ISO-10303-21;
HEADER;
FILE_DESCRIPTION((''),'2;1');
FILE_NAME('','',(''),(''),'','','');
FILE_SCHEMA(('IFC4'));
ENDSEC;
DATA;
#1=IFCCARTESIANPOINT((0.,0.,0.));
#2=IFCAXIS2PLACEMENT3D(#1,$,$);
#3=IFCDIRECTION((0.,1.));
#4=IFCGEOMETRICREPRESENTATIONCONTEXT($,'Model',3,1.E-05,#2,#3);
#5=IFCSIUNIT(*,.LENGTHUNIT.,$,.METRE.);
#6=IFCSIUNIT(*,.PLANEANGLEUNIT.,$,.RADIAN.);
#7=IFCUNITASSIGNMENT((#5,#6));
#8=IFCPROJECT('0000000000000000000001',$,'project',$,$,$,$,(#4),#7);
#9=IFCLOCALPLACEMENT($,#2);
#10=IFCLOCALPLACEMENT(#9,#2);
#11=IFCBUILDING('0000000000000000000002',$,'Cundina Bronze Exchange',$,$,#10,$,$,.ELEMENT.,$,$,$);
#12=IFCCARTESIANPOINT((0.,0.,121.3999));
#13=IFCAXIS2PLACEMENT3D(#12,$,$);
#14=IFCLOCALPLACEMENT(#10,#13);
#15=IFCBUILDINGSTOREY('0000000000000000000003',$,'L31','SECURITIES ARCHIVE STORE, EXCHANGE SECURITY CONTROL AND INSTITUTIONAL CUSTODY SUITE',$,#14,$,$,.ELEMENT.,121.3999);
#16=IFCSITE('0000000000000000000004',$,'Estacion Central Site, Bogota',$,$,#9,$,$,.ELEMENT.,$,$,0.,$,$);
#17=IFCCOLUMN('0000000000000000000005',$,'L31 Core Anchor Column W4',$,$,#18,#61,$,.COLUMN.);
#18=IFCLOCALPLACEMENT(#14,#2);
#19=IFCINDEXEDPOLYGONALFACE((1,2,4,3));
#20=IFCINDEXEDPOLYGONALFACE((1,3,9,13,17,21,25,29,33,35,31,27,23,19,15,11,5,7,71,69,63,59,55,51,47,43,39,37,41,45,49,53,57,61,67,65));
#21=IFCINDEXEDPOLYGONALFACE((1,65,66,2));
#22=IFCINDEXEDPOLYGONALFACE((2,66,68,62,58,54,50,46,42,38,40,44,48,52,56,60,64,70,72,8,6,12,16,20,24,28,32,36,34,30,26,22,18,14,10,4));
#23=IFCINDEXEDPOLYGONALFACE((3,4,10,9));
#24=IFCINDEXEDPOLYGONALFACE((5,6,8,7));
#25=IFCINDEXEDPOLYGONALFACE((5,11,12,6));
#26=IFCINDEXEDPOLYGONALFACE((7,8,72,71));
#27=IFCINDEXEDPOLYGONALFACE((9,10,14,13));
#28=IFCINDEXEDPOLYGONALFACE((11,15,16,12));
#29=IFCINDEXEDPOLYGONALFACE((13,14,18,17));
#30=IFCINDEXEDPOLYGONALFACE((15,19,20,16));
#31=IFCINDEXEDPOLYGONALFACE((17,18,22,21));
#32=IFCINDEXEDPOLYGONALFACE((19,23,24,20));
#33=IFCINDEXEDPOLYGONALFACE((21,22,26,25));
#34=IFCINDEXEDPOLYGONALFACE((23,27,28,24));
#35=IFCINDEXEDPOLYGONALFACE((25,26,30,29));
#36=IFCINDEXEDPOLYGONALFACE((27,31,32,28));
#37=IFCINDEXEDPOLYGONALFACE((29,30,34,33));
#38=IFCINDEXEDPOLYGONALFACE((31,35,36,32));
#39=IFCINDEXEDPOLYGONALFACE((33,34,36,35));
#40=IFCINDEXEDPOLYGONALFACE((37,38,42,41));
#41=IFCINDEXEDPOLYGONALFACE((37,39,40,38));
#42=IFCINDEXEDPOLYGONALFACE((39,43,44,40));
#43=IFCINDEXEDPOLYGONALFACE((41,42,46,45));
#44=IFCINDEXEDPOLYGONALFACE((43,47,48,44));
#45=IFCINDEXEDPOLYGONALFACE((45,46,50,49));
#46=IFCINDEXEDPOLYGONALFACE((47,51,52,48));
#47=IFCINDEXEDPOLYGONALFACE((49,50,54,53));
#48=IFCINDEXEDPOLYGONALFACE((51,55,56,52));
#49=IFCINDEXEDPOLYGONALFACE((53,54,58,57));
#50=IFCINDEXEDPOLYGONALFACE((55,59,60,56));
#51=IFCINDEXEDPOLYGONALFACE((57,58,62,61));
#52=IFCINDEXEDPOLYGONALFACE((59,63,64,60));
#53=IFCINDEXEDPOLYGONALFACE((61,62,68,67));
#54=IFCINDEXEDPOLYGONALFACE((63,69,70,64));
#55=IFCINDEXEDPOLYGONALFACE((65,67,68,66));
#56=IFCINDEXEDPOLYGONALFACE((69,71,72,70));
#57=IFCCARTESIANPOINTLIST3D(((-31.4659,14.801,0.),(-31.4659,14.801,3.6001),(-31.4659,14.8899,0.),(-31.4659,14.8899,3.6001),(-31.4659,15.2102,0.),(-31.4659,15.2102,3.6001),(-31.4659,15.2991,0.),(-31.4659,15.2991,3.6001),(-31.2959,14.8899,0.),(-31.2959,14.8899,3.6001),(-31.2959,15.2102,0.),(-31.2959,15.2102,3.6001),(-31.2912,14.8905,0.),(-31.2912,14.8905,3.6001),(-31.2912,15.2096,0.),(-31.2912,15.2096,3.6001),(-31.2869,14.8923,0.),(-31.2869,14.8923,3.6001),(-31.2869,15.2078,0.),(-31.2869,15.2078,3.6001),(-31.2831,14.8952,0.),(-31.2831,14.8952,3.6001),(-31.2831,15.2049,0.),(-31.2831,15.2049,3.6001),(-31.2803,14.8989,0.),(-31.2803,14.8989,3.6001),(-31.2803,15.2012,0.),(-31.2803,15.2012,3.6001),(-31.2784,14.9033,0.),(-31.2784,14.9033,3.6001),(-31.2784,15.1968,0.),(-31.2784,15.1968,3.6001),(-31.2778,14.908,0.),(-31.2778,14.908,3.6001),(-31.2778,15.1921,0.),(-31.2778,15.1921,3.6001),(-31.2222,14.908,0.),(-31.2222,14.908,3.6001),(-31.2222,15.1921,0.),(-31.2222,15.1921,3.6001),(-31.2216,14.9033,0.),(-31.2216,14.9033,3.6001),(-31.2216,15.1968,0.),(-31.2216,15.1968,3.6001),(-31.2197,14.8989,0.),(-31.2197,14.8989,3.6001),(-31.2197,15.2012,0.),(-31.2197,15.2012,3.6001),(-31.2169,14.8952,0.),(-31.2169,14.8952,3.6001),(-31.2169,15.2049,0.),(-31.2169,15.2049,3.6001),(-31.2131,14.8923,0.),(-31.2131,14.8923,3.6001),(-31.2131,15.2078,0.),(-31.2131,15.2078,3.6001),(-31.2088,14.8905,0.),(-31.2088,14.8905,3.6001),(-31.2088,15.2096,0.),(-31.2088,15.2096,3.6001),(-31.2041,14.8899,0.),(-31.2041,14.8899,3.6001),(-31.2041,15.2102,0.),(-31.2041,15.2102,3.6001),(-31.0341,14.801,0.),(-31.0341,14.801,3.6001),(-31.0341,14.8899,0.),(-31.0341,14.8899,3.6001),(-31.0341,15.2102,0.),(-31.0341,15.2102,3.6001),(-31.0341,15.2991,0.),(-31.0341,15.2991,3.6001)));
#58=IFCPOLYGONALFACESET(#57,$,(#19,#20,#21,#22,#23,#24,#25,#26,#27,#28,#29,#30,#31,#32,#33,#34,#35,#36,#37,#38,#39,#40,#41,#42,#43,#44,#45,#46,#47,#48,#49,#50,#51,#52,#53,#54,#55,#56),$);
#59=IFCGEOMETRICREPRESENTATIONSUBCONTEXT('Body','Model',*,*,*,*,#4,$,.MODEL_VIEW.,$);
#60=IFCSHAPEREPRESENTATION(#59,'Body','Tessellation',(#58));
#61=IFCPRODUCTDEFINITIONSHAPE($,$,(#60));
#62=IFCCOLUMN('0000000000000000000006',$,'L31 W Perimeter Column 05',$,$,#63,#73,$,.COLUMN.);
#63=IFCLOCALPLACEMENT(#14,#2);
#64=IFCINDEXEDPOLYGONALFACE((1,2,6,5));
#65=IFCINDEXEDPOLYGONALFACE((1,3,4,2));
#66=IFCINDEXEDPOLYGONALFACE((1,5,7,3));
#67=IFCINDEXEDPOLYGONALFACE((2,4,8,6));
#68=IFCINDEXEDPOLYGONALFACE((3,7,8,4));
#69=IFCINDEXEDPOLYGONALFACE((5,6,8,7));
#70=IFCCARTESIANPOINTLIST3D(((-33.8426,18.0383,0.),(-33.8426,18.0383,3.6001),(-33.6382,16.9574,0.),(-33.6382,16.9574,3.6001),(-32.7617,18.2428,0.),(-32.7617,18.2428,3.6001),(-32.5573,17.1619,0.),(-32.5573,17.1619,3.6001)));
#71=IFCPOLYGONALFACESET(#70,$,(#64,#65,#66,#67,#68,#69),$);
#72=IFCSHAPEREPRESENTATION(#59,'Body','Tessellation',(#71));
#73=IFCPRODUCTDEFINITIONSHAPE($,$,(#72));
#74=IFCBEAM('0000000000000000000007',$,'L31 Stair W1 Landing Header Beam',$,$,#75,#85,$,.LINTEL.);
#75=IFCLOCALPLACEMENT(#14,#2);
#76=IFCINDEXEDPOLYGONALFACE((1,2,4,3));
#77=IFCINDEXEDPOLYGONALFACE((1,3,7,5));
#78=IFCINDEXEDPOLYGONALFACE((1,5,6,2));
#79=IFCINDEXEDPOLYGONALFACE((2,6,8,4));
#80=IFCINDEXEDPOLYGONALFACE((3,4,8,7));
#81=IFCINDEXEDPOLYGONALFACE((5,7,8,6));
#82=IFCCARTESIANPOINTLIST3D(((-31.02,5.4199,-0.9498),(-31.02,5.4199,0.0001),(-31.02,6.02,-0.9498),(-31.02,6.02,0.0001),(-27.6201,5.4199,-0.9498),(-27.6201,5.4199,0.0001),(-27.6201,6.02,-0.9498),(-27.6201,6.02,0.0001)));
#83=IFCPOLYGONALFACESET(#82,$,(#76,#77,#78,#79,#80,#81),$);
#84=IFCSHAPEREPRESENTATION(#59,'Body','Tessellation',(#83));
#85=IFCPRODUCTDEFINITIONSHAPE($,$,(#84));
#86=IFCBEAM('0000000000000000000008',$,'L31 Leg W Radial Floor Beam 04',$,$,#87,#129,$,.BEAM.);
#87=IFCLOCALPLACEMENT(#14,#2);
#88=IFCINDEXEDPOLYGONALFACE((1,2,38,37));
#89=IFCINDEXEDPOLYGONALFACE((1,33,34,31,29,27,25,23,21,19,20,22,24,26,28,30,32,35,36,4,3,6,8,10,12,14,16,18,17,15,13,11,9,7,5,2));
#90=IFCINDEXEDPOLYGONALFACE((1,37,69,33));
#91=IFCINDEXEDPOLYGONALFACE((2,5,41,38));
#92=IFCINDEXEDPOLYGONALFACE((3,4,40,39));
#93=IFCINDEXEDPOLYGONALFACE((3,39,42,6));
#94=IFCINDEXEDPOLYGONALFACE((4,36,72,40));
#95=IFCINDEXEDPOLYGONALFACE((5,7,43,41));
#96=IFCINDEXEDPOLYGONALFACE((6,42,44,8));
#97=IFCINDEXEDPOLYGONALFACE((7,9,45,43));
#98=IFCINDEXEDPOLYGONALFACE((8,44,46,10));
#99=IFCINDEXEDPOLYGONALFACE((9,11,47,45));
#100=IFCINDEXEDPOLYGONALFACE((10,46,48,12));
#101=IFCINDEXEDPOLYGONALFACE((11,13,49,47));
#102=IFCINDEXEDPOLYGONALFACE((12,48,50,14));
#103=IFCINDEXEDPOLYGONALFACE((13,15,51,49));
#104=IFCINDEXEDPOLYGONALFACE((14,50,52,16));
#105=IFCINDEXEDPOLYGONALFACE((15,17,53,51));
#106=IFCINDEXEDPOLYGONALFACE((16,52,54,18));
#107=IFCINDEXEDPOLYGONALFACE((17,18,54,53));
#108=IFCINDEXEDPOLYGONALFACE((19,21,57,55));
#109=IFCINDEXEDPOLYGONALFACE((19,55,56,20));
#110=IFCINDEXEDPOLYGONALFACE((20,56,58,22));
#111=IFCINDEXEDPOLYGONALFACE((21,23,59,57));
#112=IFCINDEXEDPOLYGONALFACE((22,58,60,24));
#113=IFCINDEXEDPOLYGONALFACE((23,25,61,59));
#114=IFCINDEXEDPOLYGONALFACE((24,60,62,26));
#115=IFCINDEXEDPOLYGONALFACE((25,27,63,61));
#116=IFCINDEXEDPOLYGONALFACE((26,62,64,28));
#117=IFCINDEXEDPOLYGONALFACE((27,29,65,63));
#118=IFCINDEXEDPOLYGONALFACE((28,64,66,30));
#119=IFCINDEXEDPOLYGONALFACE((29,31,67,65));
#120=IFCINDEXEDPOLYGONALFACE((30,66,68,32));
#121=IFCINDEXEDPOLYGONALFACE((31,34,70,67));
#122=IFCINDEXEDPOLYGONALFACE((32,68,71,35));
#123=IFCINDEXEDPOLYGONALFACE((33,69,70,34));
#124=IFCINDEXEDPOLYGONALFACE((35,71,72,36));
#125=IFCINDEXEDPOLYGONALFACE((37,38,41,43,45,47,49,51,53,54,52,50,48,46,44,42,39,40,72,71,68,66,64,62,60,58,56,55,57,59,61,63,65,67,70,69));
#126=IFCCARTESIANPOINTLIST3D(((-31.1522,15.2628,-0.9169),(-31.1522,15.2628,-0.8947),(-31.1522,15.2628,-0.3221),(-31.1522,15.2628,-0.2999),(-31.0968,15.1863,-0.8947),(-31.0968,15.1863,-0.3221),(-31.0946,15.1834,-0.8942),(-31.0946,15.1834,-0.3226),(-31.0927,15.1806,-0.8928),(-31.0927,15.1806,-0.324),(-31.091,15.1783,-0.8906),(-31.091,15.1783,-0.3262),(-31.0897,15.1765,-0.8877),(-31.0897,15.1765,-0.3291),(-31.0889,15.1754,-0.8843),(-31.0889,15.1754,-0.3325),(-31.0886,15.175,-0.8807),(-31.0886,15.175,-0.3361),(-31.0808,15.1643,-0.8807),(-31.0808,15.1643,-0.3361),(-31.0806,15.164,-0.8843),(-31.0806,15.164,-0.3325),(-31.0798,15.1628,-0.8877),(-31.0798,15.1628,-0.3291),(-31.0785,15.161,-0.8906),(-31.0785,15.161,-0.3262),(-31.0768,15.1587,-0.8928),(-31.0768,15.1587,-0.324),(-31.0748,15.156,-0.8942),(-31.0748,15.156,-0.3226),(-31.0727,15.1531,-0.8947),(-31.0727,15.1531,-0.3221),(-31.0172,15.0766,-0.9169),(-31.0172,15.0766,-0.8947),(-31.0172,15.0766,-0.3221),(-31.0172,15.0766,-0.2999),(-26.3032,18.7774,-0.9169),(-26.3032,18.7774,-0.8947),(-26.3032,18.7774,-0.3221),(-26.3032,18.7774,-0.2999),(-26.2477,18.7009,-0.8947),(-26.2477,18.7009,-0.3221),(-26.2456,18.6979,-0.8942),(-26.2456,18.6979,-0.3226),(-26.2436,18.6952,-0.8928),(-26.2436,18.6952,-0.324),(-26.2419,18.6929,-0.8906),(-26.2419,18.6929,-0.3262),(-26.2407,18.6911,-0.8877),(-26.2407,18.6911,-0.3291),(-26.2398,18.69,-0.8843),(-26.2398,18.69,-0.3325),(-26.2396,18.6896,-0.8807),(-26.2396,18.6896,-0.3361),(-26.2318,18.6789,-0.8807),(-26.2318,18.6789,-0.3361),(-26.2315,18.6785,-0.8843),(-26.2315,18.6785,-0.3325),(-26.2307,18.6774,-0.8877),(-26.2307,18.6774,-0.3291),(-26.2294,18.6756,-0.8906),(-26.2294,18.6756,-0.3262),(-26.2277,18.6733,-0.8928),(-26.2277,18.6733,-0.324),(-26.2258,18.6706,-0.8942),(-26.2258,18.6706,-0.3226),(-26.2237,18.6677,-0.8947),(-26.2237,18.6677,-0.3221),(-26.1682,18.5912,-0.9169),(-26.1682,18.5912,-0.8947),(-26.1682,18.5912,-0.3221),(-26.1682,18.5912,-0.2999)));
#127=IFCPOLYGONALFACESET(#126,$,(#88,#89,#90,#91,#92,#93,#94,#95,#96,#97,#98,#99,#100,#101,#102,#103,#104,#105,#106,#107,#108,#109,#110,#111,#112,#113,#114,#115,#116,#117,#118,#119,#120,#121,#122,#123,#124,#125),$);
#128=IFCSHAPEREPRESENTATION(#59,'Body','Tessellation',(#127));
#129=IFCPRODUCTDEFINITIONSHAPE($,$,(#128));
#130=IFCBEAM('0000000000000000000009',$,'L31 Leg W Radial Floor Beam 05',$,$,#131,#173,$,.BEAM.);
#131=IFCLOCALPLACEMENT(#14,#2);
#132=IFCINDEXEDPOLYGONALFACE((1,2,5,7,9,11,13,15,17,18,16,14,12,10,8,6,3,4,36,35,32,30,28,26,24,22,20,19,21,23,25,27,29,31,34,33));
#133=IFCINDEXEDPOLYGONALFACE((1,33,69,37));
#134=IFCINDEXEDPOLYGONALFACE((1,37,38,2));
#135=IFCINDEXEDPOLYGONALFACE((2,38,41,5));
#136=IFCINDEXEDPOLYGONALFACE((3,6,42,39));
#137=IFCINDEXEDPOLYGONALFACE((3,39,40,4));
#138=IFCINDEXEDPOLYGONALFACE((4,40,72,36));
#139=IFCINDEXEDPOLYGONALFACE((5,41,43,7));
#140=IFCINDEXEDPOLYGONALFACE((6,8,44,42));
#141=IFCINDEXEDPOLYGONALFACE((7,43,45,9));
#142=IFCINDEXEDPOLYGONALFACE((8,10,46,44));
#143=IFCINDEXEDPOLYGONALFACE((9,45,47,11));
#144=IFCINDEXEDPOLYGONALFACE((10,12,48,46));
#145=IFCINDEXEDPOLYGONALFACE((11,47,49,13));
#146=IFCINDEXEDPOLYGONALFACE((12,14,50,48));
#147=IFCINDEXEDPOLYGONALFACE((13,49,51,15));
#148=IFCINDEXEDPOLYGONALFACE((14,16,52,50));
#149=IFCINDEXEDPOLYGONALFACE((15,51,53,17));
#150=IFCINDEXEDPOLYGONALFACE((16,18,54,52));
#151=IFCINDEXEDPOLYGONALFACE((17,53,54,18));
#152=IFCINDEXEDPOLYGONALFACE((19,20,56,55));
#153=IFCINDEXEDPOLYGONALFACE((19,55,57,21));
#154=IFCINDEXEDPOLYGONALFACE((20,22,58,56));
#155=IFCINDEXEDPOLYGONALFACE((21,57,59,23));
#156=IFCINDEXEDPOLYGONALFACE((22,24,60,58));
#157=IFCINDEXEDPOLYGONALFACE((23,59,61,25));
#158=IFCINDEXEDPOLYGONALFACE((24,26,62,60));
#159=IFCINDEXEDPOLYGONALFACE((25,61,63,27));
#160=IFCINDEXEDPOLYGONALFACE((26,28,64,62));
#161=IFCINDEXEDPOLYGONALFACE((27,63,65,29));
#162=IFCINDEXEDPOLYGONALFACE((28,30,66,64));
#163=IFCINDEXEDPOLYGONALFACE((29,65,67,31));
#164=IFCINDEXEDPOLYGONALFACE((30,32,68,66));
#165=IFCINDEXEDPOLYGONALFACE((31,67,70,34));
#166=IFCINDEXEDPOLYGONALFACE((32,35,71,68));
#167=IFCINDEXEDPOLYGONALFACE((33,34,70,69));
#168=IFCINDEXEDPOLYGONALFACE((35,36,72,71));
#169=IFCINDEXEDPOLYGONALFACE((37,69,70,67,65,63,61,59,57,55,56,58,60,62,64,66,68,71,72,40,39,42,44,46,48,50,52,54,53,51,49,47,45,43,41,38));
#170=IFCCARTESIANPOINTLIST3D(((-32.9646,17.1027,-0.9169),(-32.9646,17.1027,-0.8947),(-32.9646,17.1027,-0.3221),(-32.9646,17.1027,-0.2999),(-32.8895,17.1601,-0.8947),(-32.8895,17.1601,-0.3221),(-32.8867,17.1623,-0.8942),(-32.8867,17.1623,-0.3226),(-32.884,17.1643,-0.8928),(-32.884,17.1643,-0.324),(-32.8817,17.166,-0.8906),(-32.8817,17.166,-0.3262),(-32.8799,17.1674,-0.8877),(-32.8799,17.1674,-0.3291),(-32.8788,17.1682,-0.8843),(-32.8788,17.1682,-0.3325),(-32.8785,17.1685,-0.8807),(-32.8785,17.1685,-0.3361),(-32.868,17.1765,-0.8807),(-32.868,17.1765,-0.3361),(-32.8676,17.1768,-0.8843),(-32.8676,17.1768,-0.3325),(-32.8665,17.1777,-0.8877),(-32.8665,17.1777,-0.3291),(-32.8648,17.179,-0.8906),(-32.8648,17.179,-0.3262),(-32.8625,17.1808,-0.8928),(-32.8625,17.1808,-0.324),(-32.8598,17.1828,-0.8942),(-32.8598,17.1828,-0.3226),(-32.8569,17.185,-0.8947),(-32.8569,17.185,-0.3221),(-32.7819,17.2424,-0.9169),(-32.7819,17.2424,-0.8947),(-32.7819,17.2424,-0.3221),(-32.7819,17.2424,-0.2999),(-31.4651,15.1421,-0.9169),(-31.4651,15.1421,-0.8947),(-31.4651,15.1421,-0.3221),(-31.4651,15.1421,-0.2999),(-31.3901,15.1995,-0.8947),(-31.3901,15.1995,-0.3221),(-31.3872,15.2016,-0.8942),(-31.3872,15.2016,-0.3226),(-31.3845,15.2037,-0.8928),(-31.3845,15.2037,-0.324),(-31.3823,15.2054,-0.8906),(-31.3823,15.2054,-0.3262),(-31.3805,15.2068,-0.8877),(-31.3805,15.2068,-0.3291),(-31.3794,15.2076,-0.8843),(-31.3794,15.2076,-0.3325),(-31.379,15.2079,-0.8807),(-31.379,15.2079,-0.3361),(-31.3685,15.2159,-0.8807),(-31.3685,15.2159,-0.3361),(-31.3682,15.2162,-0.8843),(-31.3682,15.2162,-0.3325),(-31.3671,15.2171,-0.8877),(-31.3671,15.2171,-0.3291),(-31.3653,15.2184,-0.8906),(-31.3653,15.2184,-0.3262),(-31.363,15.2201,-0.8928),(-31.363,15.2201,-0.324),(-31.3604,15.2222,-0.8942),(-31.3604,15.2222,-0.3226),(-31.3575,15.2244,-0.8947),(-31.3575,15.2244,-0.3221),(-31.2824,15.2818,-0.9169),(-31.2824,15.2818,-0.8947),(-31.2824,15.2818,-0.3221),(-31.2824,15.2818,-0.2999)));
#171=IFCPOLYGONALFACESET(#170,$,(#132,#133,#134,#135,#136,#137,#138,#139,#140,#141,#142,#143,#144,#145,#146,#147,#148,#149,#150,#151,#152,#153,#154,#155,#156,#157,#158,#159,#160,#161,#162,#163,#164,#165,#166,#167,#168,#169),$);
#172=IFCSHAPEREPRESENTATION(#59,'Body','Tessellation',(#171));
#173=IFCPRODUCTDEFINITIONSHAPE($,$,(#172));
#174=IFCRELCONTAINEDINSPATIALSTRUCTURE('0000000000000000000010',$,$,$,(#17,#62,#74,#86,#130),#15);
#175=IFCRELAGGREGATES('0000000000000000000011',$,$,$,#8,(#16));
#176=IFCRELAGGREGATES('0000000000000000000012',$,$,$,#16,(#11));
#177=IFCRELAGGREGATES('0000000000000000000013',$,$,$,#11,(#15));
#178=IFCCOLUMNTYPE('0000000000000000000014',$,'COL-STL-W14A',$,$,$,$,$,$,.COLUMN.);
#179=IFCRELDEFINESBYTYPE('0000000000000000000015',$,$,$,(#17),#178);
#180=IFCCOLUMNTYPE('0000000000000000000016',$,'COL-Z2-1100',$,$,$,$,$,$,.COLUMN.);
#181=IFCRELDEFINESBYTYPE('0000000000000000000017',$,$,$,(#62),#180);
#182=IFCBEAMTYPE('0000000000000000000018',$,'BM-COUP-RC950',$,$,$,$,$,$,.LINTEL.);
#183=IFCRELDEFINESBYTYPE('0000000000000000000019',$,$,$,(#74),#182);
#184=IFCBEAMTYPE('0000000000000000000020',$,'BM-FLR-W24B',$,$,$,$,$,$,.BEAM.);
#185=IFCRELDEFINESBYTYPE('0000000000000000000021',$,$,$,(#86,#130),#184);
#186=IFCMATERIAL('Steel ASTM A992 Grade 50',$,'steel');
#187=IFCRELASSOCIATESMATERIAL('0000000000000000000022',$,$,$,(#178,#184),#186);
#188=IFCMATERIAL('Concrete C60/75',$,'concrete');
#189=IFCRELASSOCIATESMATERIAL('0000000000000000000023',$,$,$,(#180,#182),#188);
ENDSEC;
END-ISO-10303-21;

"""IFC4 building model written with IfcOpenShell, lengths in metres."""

from ifc_helpers import new_model, si_unit, direction, frame, origin, origin_2d, place, context, subcontext, project, spatial, rectangle, i_section, extrude, material, material_profile, profile_set, type_object, element, save


model = new_model("IFC4")

# Units and contexts
model_context = context("Model", 3, precision=1e-05, world=origin(), true_north=direction((0.0, 1.0)))
body_context = subcontext(model_context, "Body", "Model", "MODEL_VIEW")
ifc_project = project(units=[si_unit("LENGTHUNIT", "METRE"), si_unit("PLANEANGLEUNIT", "RADIAN")], contexts=[model_context])

# Site, building, storey
site_placement = place(None, origin())
site = spatial("IfcSite", under=ifc_project, at=site_placement, Name="Estacion Central Site, Bogota", CompositionType="ELEMENT", RefElevation=0.0)
building_placement = place(site_placement, origin())
building = spatial("IfcBuilding", under=site, at=building_placement, Name="Cundina Bronze Exchange", CompositionType="ELEMENT")
storey_placement = place(building_placement, frame((0.0, 0.0, 121.3999)))
storey = spatial("IfcBuildingStorey", under=building, at=storey_placement, Name="L31", Description="SECURITIES ARCHIVE STORE, EXCHANGE SECURITY CONTROL AND INSTITUTIONAL CUSTODY SUITE", CompositionType="ELEMENT", Elevation=121.3999)

# Columns
ifc_material_1 = material(Name="Steel ASTM A992 Grade 50", Category="steel")
ifc_material_profile_1 = material_profile(ifc_material_1, i_section(OverallWidth=0.4319, OverallDepth=0.498, WebThickness=0.0557, FlangeThickness=0.0889, FilletRadius=0.0181, at=origin_2d()), Name="W14X500", Category="steel")
ifc_profile_set_1 = profile_set([ifc_material_profile_1], Name="Steel ASTM A992 Grade 50")
column_type_1 = type_object("IfcColumnType", Name="COL-STL-W14A", PredefinedType="COLUMN", material=ifc_profile_set_1)
column_1_placement = place(storey_placement, frame((-31.25, 15.05, 0.0), z_axis=(0.0, 0.0, 1.0), x_axis=(1.0, 0.0, 0.0)))
element("IfcColumn", 1, at=column_1_placement, inside=storey, type_object=column_type_1, Name="L31 Core Anchor Column W4", PredefinedType="COLUMN", context=body_context, shape_type="SweptSolid", body=[
    extrude(i_section(OverallWidth=0.4319, OverallDepth=0.498, WebThickness=0.0557, FlangeThickness=0.0889, FilletRadius=0.0181, at=origin_2d()), origin(), (0.0, 0.0, 1.0), 3.6001),
])
ifc_material_2 = material(Name="Concrete C60/75", Category="concrete")
ifc_material_profile_2 = material_profile(ifc_material_2, rectangle(XDim=1.1001, YDim=1.1001, at=origin_2d()), Name="RC1100X1100", Category="concrete")
ifc_profile_set_2 = profile_set([ifc_material_profile_2], Name="Concrete C60/75")
column_type_2 = type_object("IfcColumnType", Name="COL-Z2-1100", PredefinedType="COLUMN", material=ifc_profile_set_2)
column_2_placement = place(storey_placement, frame((-33.2, 17.6001, 0.0), z_axis=(0.0, 0.0, 1.0), x_axis=(-0.98258, -0.185838, 0.0)))
element("IfcColumn", 2, at=column_2_placement, inside=storey, type_object=column_type_2, Name="L31 W Perimeter Column 05", PredefinedType="COLUMN", context=body_context, shape_type="SweptSolid", body=[
    extrude(rectangle(XDim=1.1001, YDim=1.1001, at=origin_2d()), origin(), (0.0, 0.0, 1.0), 3.6001),
])

# Beams
ifc_material_profile_3 = material_profile(ifc_material_2, rectangle(XDim=0.6001, YDim=0.95, at=origin_2d()), Name="RC600X950", Category="concrete")
ifc_profile_set_3 = profile_set([ifc_material_profile_3], Name="Concrete C60/75")
beam_type_1 = type_object("IfcBeamType", Name="BM-COUP-RC950", PredefinedType="LINTEL", material=ifc_profile_set_3)
beam_1_placement = place(storey_placement, frame((-31.02, 5.72, -0.4749), z_axis=(1.0, 0.0, 0.0), x_axis=(0.0, 1.0, 0.0)))
element("IfcBeam", 3, at=beam_1_placement, inside=storey, type_object=beam_type_1, Name="L31 Stair W1 Landing Header Beam", PredefinedType="LINTEL", context=body_context, shape_type="SweptSolid", body=[
    extrude(rectangle(XDim=0.6001, YDim=0.95, at=origin_2d()), origin(), (0.0, 0.0, 1.0), 3.3999),
])
ifc_material_profile_4 = material_profile(ifc_material_1, i_section(OverallWidth=0.23, OverallDepth=0.6169, WebThickness=0.0132, FlangeThickness=0.0222, FilletRadius=0.0139, at=origin_2d()), Name="W24X94", Category="steel")
ifc_profile_set_4 = profile_set([ifc_material_profile_4], Name="Steel ASTM A992 Grade 50")
beam_type_2 = type_object("IfcBeamType", Name="BM-FLR-W24B", PredefinedType="BEAM", material=ifc_profile_set_4)
beam_2_placement = place(storey_placement, frame((-31.0847, 15.1697, -0.6084), z_axis=(0.809687, 0.586862, 0.0), x_axis=(-0.586862, 0.809687, 0.0)))
element("IfcBeam", 4, at=beam_2_placement, inside=storey, type_object=beam_type_2, Name="L31 Leg W Radial Floor Beam 04", PredefinedType="BEAM", context=body_context, shape_type="SweptSolid", body=[
    extrude(i_section(OverallWidth=0.23, OverallDepth=0.6169, WebThickness=0.0132, FlangeThickness=0.0222, FilletRadius=0.0139, at=origin_2d()), origin(), (0.0, 0.0, 1.0), 5.9888),
])
beam_3_placement = place(storey_placement, frame((-31.3738, 15.2119, -0.6084), z_axis=(-0.60749, 0.794327, 0.0), x_axis=(-0.794327, -0.60749, 0.0)))
element("IfcBeam", 5, at=beam_3_placement, inside=storey, type_object=beam_type_2, Name="L31 Leg W Radial Floor Beam 05", PredefinedType="BEAM", context=body_context, shape_type="SweptSolid", body=[
    extrude(i_section(OverallWidth=0.23, OverallDepth=0.6169, WebThickness=0.0132, FlangeThickness=0.0222, FilletRadius=0.0139, at=origin_2d()), origin(), (0.0, 0.0, 1.0), 2.4683),
])

save(model, "model.ifc")
